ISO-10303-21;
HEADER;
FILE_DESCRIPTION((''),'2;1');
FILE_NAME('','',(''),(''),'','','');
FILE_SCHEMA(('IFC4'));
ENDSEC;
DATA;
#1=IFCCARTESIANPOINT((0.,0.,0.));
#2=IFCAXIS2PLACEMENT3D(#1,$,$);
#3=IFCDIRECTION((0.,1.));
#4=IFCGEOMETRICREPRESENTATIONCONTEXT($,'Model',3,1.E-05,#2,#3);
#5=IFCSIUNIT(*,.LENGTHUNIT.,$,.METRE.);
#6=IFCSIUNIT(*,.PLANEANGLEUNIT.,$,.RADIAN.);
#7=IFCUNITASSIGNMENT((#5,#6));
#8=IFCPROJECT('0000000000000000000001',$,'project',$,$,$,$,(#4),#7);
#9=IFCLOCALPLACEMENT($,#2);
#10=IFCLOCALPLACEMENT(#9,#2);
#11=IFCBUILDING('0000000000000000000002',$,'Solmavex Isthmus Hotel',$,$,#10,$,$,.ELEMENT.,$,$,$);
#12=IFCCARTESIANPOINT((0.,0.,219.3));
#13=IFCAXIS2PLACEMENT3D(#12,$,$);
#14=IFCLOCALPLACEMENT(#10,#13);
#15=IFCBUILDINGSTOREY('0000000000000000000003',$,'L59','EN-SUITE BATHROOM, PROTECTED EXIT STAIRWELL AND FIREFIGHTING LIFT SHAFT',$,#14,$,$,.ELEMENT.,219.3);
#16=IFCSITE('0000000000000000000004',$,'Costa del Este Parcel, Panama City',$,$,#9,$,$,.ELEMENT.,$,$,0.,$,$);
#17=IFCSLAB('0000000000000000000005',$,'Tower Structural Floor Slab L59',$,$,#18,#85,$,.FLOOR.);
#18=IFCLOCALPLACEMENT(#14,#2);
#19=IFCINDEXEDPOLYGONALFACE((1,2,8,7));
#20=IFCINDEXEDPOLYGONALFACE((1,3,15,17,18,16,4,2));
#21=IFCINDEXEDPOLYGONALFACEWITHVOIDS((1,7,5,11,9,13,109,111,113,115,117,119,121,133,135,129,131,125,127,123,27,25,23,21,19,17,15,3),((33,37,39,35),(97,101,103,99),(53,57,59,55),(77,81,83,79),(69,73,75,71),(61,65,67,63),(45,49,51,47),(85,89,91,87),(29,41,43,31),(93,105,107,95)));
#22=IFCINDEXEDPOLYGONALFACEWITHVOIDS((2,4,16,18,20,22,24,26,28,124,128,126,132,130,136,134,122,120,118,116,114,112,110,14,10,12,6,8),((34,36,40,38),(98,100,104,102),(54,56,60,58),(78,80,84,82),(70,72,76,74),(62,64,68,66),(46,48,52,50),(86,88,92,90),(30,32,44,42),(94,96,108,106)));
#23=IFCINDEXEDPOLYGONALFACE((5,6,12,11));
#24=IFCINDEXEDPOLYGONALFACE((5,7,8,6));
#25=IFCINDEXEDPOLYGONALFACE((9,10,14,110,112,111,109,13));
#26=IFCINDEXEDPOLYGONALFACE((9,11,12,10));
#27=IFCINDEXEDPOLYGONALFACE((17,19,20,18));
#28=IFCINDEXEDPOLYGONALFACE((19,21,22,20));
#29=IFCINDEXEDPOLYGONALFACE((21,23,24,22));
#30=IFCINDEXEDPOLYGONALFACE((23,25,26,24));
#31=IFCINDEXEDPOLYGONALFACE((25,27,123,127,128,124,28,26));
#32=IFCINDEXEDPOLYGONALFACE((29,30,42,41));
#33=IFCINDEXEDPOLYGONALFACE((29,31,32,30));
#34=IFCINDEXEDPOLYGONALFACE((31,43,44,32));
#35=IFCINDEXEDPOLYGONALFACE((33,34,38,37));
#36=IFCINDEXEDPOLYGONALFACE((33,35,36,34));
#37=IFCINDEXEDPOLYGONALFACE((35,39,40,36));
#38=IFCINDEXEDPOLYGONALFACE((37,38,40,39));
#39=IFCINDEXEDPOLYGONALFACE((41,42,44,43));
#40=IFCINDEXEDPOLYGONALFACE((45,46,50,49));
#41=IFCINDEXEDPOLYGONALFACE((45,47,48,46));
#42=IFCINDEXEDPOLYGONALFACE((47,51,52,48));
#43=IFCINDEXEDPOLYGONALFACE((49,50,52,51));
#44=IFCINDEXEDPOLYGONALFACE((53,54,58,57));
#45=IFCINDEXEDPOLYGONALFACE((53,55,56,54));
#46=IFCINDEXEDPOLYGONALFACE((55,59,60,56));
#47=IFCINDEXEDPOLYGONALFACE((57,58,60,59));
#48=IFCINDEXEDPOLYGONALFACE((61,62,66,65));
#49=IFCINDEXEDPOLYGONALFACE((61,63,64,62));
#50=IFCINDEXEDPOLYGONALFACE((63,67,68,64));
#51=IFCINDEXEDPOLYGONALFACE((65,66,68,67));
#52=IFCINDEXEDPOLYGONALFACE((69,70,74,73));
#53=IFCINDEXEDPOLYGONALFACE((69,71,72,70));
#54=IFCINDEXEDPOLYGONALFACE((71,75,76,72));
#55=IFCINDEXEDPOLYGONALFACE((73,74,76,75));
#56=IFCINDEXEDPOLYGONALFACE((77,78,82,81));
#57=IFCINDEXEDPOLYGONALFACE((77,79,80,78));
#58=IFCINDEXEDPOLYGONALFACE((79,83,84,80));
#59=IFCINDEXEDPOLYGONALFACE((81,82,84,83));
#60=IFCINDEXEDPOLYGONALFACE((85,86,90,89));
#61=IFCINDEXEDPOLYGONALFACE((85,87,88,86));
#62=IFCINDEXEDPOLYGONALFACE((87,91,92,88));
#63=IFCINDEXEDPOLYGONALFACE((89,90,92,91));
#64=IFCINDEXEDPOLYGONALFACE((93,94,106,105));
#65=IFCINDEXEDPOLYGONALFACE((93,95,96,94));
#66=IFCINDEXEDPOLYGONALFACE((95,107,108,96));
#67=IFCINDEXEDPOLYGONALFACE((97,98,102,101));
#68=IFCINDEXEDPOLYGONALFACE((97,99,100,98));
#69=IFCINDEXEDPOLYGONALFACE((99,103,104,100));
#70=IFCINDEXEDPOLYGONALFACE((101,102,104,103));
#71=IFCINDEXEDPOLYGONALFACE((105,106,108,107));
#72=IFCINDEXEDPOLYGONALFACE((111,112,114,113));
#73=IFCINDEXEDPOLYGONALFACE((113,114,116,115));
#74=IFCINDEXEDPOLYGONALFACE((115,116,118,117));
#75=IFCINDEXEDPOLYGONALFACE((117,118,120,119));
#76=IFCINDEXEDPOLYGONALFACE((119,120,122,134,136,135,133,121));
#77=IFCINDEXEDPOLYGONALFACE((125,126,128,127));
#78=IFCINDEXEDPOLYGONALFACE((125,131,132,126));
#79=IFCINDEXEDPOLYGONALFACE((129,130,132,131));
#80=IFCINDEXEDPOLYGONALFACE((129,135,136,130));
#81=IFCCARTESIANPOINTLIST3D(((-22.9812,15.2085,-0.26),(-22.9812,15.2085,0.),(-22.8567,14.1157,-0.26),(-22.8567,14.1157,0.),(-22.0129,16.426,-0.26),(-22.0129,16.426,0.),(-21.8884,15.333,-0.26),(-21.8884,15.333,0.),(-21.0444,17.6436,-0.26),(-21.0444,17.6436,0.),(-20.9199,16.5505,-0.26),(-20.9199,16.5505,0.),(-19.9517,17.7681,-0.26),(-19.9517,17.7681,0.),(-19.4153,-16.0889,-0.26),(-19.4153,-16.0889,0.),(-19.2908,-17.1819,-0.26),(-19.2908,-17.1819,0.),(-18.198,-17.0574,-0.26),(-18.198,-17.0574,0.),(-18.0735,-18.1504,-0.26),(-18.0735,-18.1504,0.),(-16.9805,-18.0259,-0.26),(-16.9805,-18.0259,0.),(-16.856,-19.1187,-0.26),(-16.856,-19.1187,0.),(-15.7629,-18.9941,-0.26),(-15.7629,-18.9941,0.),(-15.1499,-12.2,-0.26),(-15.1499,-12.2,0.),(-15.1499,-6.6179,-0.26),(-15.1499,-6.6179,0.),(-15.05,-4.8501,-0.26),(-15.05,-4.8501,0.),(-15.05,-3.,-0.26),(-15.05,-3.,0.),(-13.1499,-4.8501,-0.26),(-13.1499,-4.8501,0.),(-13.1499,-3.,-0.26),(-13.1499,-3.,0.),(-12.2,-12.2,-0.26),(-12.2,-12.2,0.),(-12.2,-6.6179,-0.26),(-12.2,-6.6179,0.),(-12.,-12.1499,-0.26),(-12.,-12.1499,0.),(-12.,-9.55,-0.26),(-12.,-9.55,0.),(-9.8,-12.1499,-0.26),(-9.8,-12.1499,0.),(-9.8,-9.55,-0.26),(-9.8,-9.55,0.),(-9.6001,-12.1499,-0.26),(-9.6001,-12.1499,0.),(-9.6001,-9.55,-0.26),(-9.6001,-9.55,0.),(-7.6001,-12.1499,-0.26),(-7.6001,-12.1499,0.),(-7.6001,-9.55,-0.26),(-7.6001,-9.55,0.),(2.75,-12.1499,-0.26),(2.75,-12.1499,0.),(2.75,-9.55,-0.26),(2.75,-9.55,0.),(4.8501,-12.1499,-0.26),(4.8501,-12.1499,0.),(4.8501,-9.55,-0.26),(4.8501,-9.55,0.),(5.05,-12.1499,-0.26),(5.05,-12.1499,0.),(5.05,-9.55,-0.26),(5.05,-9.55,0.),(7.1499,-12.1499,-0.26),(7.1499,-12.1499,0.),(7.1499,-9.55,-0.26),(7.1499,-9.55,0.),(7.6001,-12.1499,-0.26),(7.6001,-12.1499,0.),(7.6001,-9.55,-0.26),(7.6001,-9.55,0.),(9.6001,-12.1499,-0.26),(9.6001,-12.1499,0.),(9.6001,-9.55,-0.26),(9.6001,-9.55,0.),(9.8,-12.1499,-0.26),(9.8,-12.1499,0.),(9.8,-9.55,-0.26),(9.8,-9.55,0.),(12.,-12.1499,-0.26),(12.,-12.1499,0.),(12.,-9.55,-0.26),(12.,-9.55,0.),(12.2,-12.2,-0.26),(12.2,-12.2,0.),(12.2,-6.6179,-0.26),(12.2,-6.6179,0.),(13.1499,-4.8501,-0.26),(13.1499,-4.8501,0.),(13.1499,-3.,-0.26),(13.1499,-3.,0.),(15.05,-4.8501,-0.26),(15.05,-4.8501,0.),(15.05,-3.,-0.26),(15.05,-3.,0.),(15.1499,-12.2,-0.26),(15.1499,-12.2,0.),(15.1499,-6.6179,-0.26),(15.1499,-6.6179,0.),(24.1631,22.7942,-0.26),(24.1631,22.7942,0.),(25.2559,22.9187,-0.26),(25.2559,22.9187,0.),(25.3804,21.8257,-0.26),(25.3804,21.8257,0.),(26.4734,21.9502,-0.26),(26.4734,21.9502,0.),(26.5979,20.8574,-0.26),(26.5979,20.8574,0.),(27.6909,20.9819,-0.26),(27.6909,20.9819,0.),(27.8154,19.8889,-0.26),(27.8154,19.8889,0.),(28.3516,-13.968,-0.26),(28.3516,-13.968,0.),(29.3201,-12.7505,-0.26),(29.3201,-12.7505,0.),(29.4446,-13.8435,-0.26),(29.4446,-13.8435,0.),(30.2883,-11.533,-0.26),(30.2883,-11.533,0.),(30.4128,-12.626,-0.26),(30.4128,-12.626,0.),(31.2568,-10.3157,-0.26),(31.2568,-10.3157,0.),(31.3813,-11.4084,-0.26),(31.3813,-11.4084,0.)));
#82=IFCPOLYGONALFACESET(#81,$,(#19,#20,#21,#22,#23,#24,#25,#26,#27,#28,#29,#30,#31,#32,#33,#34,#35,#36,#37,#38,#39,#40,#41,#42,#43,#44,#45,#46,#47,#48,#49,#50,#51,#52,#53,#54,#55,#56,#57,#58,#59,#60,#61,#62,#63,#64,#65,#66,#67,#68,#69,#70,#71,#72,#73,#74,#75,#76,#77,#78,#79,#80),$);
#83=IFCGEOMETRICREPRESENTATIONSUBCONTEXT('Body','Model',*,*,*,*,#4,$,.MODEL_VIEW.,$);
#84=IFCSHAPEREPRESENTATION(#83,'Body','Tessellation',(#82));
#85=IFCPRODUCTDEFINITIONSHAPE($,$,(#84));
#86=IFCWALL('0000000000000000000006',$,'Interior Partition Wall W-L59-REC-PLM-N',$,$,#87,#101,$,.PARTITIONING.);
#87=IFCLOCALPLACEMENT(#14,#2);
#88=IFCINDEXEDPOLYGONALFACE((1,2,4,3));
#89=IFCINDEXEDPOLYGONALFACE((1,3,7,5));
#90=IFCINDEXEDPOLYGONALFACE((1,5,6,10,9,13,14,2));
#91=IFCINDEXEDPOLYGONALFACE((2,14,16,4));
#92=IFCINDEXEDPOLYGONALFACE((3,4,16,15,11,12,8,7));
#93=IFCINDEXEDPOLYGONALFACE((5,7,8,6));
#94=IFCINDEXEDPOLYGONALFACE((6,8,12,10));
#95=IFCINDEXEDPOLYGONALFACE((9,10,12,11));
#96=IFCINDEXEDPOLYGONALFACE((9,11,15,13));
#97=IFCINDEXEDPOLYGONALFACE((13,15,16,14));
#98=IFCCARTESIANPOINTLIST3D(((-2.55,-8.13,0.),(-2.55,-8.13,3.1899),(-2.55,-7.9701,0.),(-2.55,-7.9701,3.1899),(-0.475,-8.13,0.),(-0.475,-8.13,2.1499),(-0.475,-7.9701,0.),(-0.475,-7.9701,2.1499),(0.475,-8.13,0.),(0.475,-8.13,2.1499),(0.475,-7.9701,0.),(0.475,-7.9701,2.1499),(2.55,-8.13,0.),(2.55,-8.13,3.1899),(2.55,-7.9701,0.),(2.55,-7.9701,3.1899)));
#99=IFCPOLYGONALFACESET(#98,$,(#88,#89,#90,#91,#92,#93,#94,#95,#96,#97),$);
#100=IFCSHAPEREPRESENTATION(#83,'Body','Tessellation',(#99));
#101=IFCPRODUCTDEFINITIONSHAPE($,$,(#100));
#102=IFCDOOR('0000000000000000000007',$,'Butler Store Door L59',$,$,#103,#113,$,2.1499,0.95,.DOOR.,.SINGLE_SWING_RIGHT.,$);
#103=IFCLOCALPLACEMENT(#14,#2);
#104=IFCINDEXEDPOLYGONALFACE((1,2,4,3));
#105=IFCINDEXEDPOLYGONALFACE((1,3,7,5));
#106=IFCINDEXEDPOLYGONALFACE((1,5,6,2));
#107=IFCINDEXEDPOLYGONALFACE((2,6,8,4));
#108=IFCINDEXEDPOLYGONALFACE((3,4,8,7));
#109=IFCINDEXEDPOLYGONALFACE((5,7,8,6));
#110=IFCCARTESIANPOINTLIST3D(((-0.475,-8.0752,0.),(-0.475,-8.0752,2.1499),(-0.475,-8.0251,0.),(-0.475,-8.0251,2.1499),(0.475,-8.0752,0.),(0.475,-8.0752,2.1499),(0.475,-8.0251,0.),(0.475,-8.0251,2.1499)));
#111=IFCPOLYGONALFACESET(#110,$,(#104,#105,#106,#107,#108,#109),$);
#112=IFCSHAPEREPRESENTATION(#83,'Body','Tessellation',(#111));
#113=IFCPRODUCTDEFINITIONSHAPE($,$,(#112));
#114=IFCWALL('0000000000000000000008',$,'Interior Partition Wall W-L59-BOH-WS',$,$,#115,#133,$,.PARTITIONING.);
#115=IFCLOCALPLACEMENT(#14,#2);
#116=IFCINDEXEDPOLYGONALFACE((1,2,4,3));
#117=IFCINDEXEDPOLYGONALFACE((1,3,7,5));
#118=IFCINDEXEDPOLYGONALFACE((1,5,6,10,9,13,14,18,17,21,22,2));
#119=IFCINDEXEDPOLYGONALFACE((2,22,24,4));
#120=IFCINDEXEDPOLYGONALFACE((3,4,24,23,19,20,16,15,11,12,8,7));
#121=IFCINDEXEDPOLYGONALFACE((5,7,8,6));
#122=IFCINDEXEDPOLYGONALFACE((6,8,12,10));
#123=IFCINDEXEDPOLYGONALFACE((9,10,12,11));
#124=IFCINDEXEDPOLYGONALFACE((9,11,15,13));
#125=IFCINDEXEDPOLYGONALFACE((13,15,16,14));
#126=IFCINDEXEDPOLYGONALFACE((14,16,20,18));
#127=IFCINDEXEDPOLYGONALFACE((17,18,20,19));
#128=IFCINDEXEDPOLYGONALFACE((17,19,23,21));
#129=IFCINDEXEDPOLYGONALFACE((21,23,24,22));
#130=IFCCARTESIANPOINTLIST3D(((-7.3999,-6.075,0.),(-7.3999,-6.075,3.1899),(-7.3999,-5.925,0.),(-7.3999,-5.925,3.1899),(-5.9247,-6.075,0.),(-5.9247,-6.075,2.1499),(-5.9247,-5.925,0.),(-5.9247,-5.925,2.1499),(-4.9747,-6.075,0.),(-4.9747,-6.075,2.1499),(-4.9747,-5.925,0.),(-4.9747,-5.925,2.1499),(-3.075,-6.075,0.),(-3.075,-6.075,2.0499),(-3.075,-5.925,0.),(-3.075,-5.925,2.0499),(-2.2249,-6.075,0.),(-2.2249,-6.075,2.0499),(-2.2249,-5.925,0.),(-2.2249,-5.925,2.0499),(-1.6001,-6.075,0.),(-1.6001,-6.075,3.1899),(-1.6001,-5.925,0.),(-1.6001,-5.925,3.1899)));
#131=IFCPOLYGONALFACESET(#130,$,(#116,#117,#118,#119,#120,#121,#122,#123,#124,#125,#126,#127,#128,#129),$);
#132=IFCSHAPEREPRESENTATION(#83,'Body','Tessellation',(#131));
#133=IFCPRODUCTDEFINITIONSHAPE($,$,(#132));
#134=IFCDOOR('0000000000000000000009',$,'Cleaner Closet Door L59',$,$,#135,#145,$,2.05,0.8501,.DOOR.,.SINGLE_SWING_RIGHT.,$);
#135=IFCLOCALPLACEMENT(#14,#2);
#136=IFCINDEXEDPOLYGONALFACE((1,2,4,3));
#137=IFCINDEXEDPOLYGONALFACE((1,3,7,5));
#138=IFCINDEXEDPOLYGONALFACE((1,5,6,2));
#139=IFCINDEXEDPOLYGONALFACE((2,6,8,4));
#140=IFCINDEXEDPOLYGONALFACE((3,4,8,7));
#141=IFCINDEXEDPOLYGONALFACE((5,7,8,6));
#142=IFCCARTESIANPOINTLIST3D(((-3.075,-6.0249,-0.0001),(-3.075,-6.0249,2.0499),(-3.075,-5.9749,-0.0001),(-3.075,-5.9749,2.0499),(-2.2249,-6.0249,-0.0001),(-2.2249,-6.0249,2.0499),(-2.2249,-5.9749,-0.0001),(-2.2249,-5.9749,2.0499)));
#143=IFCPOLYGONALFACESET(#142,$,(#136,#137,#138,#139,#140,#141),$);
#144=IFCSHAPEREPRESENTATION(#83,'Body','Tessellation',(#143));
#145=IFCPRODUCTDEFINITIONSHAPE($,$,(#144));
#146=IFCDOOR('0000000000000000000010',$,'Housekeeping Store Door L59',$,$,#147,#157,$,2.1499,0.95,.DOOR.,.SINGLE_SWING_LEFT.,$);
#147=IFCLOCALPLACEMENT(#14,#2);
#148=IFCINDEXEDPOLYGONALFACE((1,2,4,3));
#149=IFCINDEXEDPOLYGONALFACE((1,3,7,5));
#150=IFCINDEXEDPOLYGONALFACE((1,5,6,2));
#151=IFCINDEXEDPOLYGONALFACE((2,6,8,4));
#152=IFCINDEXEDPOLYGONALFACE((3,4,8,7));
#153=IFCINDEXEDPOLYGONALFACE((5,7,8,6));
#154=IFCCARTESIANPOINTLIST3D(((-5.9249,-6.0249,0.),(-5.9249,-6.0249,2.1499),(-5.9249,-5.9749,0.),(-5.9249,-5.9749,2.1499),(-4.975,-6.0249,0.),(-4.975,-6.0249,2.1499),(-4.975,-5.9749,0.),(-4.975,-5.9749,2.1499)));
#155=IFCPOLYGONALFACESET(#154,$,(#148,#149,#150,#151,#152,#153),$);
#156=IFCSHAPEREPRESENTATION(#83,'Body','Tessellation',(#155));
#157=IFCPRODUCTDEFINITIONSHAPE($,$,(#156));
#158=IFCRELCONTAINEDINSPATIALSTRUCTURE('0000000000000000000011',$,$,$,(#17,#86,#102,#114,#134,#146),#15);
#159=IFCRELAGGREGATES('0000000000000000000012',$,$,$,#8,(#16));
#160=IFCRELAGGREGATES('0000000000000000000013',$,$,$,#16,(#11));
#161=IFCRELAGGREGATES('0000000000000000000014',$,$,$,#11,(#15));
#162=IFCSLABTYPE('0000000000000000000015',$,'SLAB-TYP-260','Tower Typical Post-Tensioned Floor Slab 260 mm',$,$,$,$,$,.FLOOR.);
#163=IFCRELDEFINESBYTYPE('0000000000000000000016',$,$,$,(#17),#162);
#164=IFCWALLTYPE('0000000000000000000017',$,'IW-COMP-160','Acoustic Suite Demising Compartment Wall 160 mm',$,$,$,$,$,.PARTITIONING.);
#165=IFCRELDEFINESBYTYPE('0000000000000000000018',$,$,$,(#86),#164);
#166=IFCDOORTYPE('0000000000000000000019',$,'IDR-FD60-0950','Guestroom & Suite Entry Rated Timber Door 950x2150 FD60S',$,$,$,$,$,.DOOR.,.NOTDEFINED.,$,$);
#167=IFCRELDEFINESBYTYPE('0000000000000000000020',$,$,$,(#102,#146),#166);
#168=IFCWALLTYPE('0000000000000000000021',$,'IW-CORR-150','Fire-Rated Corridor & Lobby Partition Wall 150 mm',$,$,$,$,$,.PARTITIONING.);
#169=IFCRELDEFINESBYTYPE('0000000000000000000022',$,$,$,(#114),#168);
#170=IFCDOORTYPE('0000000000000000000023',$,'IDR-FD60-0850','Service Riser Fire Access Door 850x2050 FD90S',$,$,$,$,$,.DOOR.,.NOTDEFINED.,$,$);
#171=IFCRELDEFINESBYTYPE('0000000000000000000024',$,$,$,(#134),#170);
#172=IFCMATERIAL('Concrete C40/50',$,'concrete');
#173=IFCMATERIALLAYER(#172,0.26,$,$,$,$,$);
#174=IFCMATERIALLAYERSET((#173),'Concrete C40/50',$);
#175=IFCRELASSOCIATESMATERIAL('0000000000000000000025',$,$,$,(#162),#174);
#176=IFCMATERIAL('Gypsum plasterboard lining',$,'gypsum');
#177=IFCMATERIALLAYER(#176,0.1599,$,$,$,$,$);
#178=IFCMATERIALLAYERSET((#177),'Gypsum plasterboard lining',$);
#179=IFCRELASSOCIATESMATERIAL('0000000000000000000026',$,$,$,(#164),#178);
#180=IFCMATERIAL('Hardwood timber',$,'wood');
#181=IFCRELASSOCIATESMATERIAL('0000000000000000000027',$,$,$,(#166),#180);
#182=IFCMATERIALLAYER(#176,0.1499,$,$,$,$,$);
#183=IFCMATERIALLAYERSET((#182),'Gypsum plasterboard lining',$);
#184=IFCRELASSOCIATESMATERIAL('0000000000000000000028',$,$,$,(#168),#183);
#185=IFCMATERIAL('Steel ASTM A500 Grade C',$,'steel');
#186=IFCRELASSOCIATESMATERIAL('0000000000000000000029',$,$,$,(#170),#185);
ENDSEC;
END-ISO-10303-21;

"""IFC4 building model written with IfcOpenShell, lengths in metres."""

from ifc_helpers import new_model, si_unit, direction, frame, frame_2d, origin, place, context, subcontext, project, spatial, polyline, rectangle, outline, extrude, material, layer, layer_set, type_object, element, fill, save


model = new_model("IFC4")

# Units and contexts
model_context = context("Model", 3, precision=1e-05, world=origin(), true_north=direction((0.0, 1.0)))
body_context = subcontext(model_context, "Body", "Model", "MODEL_VIEW")
ifc_project = project(units=[si_unit("LENGTHUNIT", "METRE"), si_unit("PLANEANGLEUNIT", "RADIAN")], contexts=[model_context])

# Site, building, storey
site_placement = place(None, origin())
site = spatial("IfcSite", under=ifc_project, at=site_placement, Name="Costa del Este Parcel, Panama City", CompositionType="ELEMENT", RefElevation=0.0)
building_placement = place(site_placement, origin())
building = spatial("IfcBuilding", under=site, at=building_placement, Name="Solmavex Isthmus Hotel", CompositionType="ELEMENT")
storey_placement = place(building_placement, frame((0.0, 0.0, 219.3)))
storey = spatial("IfcBuildingStorey", under=building, at=storey_placement, Name="L59", Description="EN-SUITE BATHROOM, PROTECTED EXIT STAIRWELL AND FIREFIGHTING LIFT SHAFT", CompositionType="ELEMENT", Elevation=219.3)

# Slab
ifc_material_1 = material(Name="Concrete C40/50", Category="concrete")
ifc_layer_1 = layer(ifc_material_1, 0.26)
ifc_layer_set_1 = layer_set([ifc_layer_1], Name="Concrete C40/50")
slab_type = type_object("IfcSlabType", Name="SLAB-TYP-260", Description="Tower Typical Post-Tensioned Floor Slab 260 mm", PredefinedType="FLOOR", material=ifc_layer_set_1)
slab_placement = place(storey_placement, frame((0.0, 0.0, -0.26)))
element("IfcSlab", 1, at=slab_placement, inside=storey, type_object=slab_type, Name="Tower Structural Floor Slab L59", PredefinedType="FLOOR", context=body_context, shape_type="SweptSolid", body=[
    extrude(outline(polyline([(-15.7629, -18.9941), (28.3516, -13.968), (29.4446, -13.8435), (29.3201, -12.7505), (30.4128, -12.626), (30.2883, -11.533), (31.3813, -11.4084), (31.2568, -10.3157), (27.8154, 19.8889), (27.6909, 20.9819), (26.5979, 20.8574), (26.4734, 21.9502), (25.3804, 21.8257), (25.2559, 22.9187), (24.1631, 22.7942), (-19.9517, 17.7681), (-21.0444, 17.6436), (-20.9199, 16.5505), (-22.0129, 16.426), (-21.8884, 15.333), (-22.9812, 15.2085), (-22.8567, 14.1157), (-19.4153, -16.0889), (-19.2908, -17.1819), (-18.198, -17.0574), (-18.0735, -18.1504), (-16.9805, -18.0259), (-16.856, -19.1187), (-15.7629, -18.9941)]), holes=[polyline([(-15.1499, -6.6179), (-15.1499, -12.2), (-12.2, -12.2), (-12.2, -6.6179), (-15.1499, -6.6179)]), polyline([(12.2, -6.6179), (12.2, -12.2), (15.1499, -12.2), (15.1499, -6.6179), (12.2, -6.6179)]), polyline([(-12.0, -12.1499), (-9.8, -12.1499), (-9.8, -9.55), (-12.0, -9.55), (-12.0, -12.1499)]), polyline([(9.8, -12.1499), (12.0, -12.1499), (12.0, -9.55), (9.8, -9.55), (9.8, -12.1499)]), polyline([(-9.6001, -12.1499), (-7.6001, -12.1499), (-7.6001, -9.55), (-9.6001, -9.55), (-9.6001, -12.1499)]), polyline([(7.6001, -12.1499), (9.6001, -12.1499), (9.6001, -9.55), (7.6001, -9.55), (7.6001, -12.1499)]), polyline([(2.75, -12.1499), (4.8501, -12.1499), (4.8501, -9.55), (2.75, -9.55), (2.75, -12.1499)]), polyline([(5.05, -12.1499), (7.1499, -12.1499), (7.1499, -9.55), (5.05, -9.55), (5.05, -12.1499)]), polyline([(-15.05, -4.8501), (-13.1499, -4.8501), (-13.1499, -3.0), (-15.05, -3.0), (-15.05, -4.8501)]), polyline([(13.1499, -4.8501), (15.05, -4.8501), (15.05, -3.0), (13.1499, -3.0), (13.1499, -4.8501)])]), origin(), (0.0, 0.0, 1.0), 0.26),
])

# Wall, opening, door
ifc_material_2 = material(Name="Gypsum plasterboard lining", Category="gypsum")
ifc_layer_2 = layer(ifc_material_2, 0.1599)
ifc_layer_set_2 = layer_set([ifc_layer_2], Name="Gypsum plasterboard lining")
wall_type_1 = type_object("IfcWallType", Name="IW-COMP-160", Description="Acoustic Suite Demising Compartment Wall 160 mm", PredefinedType="PARTITIONING", material=ifc_layer_set_2)
ifc_material_3 = material(Name="Hardwood timber", Category="wood")
door_type_1 = type_object("IfcDoorType", Name="IDR-FD60-0950", Description="Guestroom & Suite Entry Rated Timber Door 950x2150 FD60S", OperationType="NOTDEFINED", PredefinedType="DOOR", material=ifc_material_3)
wall_1_placement = place(storey_placement, frame((-2.55, -8.05, 0.0), z_axis=(0.0, 0.0, 1.0), x_axis=(1.0, 0.0, 0.0)))
wall_1 = element("IfcWall", 2, at=wall_1_placement, inside=storey, type_object=wall_type_1, Name="Interior Partition Wall W-L59-REC-PLM-N", PredefinedType="PARTITIONING", context=body_context, shape_type="SweptSolid", body=[
    extrude(rectangle(XDim=5.1001, YDim=0.1599, at=frame_2d((2.55, 0.0))), origin(), (0.0, 0.0, 1.0), 3.1899),
])
opening_1_placement = place(wall_1_placement, frame((2.075, 0.0, 0.0)))
opening_1 = element("IfcOpeningElement", 3, at=opening_1_placement, cuts=wall_1, PredefinedType="OPENING", context=body_context, shape_type="SweptSolid", body=[
    extrude(rectangle(XDim=0.95, YDim=2.1499, at=frame_2d((0.4751, 1.075))), frame((0.0, 0.0898, 0.0), z_axis=(0.0, -1.0, 0.0), x_axis=(1.0, 0.0, 0.0)), (0.0, 0.0, 1.0), 0.1799),
])
door_1_placement = place(opening_1_placement, origin())
door_1 = element("IfcDoor", 4, at=door_1_placement, inside=storey, type_object=door_type_1, Name="Butler Store Door L59", OperationType="SINGLE_SWING_RIGHT", OverallHeight=2.1499, OverallWidth=0.95, PredefinedType="DOOR", context=body_context, shape_type="SweptSolid", body=[
    extrude(rectangle(XDim=0.95, YDim=2.1499, at=frame_2d((0.4751, 1.075))), frame((0.0, 0.0249, 0.0), z_axis=(0.0, -1.0, 0.0), x_axis=(1.0, 0.0, 0.0)), (0.0, 0.0, 1.0), 0.05),
])
fill(opening_1, door_1)

# Wall, openings, doors
ifc_layer_3 = layer(ifc_material_2, 0.1499)
ifc_layer_set_3 = layer_set([ifc_layer_3], Name="Gypsum plasterboard lining")
wall_type_2 = type_object("IfcWallType", Name="IW-CORR-150", Description="Fire-Rated Corridor & Lobby Partition Wall 150 mm", PredefinedType="PARTITIONING", material=ifc_layer_set_3)
wall_2_placement = place(storey_placement, frame((-7.3999, -6.0, 0.0), z_axis=(0.0, 0.0, 1.0), x_axis=(1.0, 0.0, 0.0)))
wall_2 = element("IfcWall", 5, at=wall_2_placement, inside=storey, type_object=wall_type_2, Name="Interior Partition Wall W-L59-BOH-WS", PredefinedType="PARTITIONING", context=body_context, shape_type="SweptSolid", body=[
    extrude(rectangle(XDim=5.7998, YDim=0.1499, at=frame_2d((2.8999, 0.0))), origin(), (0.0, 0.0, 1.0), 3.1899),
])
opening_2_placement = place(wall_2_placement, frame((1.4751, 0.0, 0.0)))
opening_2 = element("IfcOpeningElement", 6, at=opening_2_placement, cuts=wall_2, PredefinedType="OPENING", context=body_context, shape_type="SweptSolid", body=[
    extrude(rectangle(XDim=0.95, YDim=2.1499, at=frame_2d((0.4751, 1.075))), frame((0.0, 0.085, 0.0), z_axis=(0.0, -1.0, 0.0), x_axis=(1.0, 0.0, 0.0)), (0.0, 0.0, 1.0), 0.1699),
])
opening_3_placement = place(wall_2_placement, frame((4.325, 0.0, 0.0)))
opening_3 = element("IfcOpeningElement", 7, at=opening_3_placement, cuts=wall_2, PredefinedType="OPENING", context=body_context, shape_type="SweptSolid", body=[
    extrude(rectangle(XDim=0.8501, YDim=2.05, at=frame_2d((0.425, 1.0249))), frame((0.0, 0.085, 0.0), z_axis=(0.0, -1.0, 0.0), x_axis=(1.0, 0.0, 0.0)), (0.0, 0.0, 1.0), 0.1699),
])
ifc_material_4 = material(Name="Steel ASTM A500 Grade C", Category="steel")
door_type_2 = type_object("IfcDoorType", Name="IDR-FD60-0850", Description="Service Riser Fire Access Door 850x2050 FD90S", OperationType="NOTDEFINED", PredefinedType="DOOR", material=ifc_material_4)
door_2_placement = place(opening_3_placement, frame((0.8501, 0.0, 0.0), z_axis=(0.0, 0.0, 1.0), x_axis=(-1.0, 0.0, 0.0)))
door_2 = element("IfcDoor", 8, at=door_2_placement, inside=storey, type_object=door_type_2, Name="Cleaner Closet Door L59", OperationType="SINGLE_SWING_RIGHT", OverallHeight=2.05, OverallWidth=0.8501, PredefinedType="DOOR", context=body_context, shape_type="SweptSolid", body=[
    extrude(rectangle(XDim=0.8501, YDim=2.05, at=frame_2d((0.425, 1.0249))), frame((0.0, 0.0249, 0.0), z_axis=(0.0, -1.0, 0.0), x_axis=(1.0, 0.0, 0.0)), (0.0, 0.0, 1.0), 0.05),
])
fill(opening_3, door_2)
door_3_placement = place(opening_2_placement, frame((0.95, 0.0, 0.0), z_axis=(0.0, 0.0, 1.0), x_axis=(-1.0, 0.0, 0.0)))
door_3 = element("IfcDoor", 9, at=door_3_placement, inside=storey, type_object=door_type_1, Name="Housekeeping Store Door L59", OperationType="SINGLE_SWING_LEFT", OverallHeight=2.1499, OverallWidth=0.95, PredefinedType="DOOR", context=body_context, shape_type="SweptSolid", body=[
    extrude(rectangle(XDim=0.95, YDim=2.1499, at=frame_2d((0.4751, 1.075))), frame((0.0, 0.0249, 0.0), z_axis=(0.0, -1.0, 0.0), x_axis=(1.0, 0.0, 0.0)), (0.0, 0.0, 1.0), 0.05),
])
fill(opening_2, door_3)

save(model, "model.ifc")
